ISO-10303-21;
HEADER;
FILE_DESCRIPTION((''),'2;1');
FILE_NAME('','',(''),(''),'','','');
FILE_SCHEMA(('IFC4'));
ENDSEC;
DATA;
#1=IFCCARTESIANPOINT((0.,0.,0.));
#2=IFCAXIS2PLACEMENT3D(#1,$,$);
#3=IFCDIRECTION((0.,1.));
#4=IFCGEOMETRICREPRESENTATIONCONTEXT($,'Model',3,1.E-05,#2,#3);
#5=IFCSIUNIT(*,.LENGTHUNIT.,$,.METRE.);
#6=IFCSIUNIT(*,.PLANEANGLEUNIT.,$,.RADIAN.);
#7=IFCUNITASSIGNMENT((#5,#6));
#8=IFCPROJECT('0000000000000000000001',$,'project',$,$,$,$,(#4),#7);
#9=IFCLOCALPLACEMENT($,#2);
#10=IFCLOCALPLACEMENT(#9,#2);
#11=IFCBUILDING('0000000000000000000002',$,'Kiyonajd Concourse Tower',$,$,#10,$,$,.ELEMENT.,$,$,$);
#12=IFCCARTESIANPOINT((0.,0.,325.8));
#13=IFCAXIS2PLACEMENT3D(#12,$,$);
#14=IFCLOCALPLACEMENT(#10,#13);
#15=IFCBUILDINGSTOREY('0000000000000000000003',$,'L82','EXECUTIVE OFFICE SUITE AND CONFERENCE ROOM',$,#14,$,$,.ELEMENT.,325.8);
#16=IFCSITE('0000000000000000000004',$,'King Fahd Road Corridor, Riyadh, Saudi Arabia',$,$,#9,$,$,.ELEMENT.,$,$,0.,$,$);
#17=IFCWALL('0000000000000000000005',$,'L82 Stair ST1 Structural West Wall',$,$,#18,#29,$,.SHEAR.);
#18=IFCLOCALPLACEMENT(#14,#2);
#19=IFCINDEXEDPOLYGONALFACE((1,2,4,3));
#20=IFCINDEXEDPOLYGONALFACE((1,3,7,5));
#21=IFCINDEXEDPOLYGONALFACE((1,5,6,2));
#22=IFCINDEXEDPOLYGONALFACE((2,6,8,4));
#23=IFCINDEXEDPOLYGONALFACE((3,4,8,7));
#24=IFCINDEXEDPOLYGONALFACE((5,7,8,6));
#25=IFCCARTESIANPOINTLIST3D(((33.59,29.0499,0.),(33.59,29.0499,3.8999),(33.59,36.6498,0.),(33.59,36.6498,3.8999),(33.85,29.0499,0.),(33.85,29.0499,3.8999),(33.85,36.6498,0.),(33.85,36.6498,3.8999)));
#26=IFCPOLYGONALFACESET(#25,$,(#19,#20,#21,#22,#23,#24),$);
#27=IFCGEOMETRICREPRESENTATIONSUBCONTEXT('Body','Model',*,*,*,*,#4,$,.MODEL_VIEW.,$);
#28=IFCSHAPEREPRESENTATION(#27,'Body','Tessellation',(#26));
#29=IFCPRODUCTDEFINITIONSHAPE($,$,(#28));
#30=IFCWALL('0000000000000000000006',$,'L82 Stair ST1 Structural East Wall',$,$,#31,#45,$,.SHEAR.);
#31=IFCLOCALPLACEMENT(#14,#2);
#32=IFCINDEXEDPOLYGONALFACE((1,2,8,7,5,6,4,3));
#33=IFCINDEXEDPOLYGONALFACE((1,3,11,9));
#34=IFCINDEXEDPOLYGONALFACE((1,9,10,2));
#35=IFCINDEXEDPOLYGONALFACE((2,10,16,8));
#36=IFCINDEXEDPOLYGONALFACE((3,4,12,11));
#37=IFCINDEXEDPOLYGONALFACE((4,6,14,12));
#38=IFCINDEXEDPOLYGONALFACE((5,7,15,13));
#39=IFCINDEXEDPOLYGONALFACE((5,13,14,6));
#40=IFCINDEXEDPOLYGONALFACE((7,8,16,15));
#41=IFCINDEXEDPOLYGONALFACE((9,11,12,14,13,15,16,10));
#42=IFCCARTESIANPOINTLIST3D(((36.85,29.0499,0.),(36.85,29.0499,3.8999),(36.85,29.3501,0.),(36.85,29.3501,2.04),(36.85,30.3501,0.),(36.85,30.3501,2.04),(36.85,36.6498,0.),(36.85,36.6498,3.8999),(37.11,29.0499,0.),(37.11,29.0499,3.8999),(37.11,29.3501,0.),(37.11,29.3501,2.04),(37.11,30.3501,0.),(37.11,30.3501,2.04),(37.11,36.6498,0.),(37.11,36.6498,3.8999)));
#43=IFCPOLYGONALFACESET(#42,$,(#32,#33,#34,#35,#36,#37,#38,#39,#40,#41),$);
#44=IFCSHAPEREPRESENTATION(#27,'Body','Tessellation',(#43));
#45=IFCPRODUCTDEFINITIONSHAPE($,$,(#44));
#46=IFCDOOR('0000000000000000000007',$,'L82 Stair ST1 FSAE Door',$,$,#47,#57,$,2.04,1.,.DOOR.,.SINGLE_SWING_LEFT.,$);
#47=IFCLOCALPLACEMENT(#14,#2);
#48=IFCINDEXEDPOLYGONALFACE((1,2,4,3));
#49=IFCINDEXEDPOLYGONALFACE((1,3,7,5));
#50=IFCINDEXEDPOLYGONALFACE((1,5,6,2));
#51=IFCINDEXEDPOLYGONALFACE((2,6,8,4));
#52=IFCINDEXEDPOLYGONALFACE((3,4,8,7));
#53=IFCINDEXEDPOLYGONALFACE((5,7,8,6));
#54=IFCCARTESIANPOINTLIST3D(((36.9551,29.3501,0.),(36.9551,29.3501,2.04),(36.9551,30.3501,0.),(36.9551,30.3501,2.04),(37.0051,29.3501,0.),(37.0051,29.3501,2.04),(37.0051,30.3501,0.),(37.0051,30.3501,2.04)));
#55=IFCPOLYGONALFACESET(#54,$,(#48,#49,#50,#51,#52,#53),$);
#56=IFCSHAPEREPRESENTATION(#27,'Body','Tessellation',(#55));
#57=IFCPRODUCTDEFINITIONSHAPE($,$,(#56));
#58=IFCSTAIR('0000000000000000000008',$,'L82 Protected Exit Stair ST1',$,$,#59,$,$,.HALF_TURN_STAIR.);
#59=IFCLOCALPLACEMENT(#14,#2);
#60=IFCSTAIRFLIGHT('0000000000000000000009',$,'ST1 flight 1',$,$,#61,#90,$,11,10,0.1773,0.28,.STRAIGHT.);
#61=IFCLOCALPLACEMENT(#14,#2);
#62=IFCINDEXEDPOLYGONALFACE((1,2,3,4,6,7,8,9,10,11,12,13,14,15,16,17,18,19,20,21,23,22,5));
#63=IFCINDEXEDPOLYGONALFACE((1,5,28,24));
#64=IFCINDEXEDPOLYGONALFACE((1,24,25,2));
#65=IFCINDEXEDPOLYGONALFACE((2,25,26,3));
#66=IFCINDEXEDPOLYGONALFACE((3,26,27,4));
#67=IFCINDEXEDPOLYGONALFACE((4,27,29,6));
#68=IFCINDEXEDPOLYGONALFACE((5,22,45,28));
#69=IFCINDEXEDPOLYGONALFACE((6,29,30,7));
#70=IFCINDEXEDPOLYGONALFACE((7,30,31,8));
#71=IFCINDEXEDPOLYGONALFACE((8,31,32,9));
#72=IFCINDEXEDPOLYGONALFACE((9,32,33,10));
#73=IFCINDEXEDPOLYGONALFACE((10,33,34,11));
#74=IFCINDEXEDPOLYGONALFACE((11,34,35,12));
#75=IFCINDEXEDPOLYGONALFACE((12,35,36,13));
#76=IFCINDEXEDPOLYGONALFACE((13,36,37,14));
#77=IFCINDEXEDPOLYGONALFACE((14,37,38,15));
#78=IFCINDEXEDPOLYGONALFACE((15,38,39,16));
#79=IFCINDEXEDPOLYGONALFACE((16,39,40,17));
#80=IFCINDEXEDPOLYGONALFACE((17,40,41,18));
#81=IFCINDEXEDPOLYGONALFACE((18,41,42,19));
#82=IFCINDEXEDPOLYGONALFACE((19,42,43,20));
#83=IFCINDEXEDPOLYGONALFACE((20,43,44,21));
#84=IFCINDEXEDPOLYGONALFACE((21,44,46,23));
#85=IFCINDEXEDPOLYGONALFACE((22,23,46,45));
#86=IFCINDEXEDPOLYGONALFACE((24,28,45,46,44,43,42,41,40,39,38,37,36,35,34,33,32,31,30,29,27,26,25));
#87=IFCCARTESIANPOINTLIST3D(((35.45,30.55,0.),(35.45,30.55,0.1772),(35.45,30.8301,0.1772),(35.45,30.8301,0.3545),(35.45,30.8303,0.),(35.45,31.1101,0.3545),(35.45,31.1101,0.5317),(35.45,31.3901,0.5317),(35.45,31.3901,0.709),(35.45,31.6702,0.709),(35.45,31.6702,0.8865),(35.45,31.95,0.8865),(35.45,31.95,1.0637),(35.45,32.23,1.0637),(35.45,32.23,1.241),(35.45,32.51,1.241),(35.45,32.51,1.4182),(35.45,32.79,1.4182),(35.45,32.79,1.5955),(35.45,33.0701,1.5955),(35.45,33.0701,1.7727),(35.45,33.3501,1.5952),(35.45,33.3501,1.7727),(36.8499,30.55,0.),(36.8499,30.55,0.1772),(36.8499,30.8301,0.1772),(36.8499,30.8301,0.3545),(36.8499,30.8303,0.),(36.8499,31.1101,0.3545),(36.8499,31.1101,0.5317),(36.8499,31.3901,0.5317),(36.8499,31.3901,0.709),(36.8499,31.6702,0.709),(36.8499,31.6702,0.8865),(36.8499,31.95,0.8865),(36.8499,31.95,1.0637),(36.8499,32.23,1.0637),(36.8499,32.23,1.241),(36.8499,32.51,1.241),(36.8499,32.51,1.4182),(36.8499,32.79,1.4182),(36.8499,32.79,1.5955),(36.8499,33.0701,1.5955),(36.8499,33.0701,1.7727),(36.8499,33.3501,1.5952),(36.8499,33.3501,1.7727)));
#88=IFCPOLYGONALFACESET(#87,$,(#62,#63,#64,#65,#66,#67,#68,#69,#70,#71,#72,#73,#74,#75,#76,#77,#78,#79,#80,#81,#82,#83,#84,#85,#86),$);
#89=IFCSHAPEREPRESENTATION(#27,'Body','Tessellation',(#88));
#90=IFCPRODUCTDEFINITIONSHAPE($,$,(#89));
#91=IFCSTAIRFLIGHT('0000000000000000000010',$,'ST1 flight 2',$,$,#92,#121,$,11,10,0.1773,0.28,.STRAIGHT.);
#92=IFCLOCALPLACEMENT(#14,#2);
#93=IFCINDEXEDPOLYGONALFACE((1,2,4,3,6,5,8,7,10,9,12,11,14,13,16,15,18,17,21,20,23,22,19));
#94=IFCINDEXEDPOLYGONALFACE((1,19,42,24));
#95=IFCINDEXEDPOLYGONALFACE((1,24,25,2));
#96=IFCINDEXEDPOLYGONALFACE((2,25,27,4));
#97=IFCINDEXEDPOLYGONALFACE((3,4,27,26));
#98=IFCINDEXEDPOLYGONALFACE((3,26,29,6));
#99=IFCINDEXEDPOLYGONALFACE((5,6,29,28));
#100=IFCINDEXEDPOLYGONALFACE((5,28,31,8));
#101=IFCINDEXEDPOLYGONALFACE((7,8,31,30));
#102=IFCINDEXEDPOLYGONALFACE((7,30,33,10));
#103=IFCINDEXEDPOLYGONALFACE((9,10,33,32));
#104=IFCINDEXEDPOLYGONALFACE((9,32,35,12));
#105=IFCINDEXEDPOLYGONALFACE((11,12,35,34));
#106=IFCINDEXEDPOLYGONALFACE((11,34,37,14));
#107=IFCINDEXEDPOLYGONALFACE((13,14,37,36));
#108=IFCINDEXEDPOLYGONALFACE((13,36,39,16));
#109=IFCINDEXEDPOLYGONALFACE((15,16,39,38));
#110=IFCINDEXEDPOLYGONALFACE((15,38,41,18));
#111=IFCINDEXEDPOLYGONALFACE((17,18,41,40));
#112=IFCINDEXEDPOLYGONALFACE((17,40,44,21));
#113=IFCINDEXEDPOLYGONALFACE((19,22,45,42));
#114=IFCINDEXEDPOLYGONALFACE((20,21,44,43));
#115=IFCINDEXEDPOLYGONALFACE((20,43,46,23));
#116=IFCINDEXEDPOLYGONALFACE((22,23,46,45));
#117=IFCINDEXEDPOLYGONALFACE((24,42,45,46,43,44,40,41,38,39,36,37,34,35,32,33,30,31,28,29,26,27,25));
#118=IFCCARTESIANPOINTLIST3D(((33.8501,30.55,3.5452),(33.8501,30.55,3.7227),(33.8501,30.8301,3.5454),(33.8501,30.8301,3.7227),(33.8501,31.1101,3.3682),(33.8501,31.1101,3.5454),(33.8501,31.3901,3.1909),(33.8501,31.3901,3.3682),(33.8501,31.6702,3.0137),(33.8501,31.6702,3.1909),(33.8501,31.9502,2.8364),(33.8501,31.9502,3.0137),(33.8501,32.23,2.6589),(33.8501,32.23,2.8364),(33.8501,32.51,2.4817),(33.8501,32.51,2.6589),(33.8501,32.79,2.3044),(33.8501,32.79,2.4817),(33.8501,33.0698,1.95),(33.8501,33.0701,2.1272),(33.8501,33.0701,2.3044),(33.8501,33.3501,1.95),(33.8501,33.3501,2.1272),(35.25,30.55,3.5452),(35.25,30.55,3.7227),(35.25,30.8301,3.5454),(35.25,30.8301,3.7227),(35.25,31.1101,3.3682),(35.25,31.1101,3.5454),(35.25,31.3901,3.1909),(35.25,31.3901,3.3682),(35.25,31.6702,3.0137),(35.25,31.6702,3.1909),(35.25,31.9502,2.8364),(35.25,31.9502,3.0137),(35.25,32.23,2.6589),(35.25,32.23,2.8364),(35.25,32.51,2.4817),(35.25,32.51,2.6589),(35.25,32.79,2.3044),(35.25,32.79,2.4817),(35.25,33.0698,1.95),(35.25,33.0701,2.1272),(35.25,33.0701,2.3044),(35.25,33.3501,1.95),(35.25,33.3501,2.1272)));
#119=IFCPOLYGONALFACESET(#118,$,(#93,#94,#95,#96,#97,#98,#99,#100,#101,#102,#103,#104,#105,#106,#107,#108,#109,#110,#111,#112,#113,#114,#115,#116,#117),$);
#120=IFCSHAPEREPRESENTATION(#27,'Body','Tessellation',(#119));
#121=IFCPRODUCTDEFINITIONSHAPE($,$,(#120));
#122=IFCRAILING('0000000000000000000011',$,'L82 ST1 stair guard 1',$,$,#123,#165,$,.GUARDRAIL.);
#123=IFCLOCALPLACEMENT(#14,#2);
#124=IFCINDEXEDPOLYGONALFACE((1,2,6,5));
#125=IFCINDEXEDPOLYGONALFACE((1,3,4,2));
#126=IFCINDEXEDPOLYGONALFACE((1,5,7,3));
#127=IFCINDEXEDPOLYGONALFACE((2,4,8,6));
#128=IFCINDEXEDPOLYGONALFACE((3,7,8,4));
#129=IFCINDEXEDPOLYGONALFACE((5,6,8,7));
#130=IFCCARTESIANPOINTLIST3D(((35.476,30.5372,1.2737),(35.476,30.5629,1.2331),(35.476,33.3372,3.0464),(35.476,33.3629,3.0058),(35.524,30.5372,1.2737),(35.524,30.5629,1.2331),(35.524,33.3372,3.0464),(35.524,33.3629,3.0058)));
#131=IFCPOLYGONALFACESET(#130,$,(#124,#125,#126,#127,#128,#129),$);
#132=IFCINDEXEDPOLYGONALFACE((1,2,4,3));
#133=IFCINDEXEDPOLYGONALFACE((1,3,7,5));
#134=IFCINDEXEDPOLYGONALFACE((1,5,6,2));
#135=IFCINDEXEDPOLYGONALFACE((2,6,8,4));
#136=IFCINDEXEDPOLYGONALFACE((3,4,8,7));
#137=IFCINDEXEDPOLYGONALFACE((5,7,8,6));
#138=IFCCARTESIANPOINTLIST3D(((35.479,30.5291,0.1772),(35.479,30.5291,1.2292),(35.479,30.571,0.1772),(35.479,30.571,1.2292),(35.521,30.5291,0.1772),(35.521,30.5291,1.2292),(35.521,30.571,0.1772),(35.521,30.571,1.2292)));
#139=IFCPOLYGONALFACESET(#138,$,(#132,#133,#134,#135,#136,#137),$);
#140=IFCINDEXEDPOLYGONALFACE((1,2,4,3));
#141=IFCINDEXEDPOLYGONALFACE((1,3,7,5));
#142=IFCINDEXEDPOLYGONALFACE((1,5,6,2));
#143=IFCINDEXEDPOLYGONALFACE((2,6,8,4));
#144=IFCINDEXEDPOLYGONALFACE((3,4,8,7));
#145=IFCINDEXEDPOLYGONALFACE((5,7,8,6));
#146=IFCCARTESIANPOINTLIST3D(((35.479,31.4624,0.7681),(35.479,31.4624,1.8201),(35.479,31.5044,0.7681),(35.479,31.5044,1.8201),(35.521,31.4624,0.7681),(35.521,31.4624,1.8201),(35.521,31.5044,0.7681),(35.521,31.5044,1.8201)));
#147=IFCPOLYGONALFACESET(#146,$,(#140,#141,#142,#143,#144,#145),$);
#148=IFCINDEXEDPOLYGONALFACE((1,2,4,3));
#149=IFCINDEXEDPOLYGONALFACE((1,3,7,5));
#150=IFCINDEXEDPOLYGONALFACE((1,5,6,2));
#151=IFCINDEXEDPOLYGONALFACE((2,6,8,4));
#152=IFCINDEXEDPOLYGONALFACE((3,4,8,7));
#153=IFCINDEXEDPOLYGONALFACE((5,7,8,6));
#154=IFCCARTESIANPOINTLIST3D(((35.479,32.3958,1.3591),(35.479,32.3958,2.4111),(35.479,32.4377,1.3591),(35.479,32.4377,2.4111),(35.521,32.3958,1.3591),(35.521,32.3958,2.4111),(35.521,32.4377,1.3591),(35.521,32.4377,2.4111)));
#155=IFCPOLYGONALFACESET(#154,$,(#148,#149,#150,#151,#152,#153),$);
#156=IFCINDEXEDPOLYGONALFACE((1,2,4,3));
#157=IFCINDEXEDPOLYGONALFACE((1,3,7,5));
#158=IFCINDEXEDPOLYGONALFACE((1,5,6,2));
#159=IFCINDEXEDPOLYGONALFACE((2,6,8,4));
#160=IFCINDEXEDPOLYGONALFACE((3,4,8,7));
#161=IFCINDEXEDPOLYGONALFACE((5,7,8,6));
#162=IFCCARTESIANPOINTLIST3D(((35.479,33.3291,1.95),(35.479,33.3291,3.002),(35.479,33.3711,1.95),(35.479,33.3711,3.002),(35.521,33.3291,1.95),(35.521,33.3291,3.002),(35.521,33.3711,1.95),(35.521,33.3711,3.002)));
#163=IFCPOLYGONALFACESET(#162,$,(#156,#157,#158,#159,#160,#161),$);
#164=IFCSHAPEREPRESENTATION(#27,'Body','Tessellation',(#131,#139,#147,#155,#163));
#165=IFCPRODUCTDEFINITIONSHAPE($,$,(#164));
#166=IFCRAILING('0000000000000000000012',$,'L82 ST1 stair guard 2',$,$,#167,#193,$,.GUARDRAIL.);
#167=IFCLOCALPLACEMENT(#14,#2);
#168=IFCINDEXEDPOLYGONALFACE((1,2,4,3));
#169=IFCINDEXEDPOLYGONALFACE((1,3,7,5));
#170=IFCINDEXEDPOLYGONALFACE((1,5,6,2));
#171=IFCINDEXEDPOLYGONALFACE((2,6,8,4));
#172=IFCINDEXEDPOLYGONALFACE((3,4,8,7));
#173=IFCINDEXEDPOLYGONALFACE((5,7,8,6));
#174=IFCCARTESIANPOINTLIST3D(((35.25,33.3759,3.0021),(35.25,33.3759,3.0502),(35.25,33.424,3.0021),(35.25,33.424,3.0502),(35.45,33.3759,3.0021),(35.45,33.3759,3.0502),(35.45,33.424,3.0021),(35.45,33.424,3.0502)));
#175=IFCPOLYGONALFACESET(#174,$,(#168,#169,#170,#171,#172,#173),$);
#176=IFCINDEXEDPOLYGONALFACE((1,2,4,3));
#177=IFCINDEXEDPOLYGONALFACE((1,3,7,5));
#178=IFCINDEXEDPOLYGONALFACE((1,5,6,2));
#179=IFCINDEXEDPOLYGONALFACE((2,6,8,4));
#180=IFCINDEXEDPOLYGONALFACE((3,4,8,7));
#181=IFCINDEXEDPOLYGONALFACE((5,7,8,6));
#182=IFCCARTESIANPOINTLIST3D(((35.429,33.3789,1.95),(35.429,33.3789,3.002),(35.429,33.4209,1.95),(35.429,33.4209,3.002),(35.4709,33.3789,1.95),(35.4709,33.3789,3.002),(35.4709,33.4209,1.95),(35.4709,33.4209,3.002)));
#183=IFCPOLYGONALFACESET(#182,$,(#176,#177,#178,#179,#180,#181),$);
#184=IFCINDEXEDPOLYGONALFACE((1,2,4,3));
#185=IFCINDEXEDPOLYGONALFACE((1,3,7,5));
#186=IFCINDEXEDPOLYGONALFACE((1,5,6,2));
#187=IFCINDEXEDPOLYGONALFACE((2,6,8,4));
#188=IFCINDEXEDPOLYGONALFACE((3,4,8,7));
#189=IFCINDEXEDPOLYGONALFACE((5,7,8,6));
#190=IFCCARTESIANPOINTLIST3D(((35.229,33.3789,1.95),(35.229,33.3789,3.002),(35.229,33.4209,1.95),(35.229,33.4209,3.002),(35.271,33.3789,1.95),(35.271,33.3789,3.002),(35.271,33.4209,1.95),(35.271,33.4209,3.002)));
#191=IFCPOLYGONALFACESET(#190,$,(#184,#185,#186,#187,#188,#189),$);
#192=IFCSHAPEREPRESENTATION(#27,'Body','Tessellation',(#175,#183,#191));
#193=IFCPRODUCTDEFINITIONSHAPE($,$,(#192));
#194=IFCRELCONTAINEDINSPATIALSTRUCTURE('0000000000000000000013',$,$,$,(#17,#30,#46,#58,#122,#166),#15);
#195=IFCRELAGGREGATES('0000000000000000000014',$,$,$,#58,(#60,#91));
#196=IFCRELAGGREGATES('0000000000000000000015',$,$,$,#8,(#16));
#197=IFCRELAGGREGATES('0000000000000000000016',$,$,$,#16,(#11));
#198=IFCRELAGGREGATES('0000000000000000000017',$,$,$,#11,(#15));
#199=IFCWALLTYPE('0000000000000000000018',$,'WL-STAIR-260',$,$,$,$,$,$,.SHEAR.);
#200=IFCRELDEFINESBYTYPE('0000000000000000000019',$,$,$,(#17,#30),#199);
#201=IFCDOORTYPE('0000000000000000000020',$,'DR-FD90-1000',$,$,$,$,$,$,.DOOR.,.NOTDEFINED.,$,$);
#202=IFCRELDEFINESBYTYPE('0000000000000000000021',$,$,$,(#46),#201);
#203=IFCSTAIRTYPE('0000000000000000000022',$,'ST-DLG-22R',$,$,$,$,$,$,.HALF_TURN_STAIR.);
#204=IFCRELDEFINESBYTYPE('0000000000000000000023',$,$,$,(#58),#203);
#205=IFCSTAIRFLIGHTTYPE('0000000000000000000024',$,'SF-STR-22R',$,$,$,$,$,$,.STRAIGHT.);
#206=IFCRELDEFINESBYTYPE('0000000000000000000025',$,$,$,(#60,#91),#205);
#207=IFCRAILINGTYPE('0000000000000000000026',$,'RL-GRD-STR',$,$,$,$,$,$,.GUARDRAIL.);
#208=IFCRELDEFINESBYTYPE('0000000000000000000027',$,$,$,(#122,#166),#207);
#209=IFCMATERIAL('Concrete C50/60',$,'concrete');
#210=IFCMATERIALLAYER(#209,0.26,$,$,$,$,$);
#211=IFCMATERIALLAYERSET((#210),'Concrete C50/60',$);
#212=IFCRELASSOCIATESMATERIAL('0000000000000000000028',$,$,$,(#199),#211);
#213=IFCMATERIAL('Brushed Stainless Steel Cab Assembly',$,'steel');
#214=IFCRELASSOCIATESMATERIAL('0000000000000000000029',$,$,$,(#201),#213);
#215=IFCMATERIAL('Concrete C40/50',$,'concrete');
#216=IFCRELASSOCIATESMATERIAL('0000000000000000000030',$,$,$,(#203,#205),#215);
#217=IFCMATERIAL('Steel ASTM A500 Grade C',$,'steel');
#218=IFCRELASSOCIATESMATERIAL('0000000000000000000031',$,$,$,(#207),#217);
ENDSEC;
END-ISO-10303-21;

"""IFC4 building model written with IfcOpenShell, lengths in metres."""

from ifc_helpers import new_model, si_unit, direction, frame, frame_2d, origin, origin_2d, place, context, subcontext, project, spatial, polyline, rectangle, outline, extrude, material, layer, layer_set, type_object, element, fill, aggregate, save


model = new_model("IFC4")

# Units and contexts
model_context = context("Model", 3, precision=1e-05, world=origin(), true_north=direction((0.0, 1.0)))
body_context = subcontext(model_context, "Body", "Model", "MODEL_VIEW")
ifc_project = project(units=[si_unit("LENGTHUNIT", "METRE"), si_unit("PLANEANGLEUNIT", "RADIAN")], contexts=[model_context])

# Site, building, storey
site_placement = place(None, origin())
site = spatial("IfcSite", under=ifc_project, at=site_placement, Name="King Fahd Road Corridor, Riyadh, Saudi Arabia", CompositionType="ELEMENT", RefElevation=0.0)
building_placement = place(site_placement, origin())
building = spatial("IfcBuilding", under=site, at=building_placement, Name="Kiyonajd Concourse Tower", CompositionType="ELEMENT")
storey_placement = place(building_placement, frame((0.0, 0.0, 325.8)))
storey = spatial("IfcBuildingStorey", under=building, at=storey_placement, Name="L82", Description="EXECUTIVE OFFICE SUITE AND CONFERENCE ROOM", CompositionType="ELEMENT", Elevation=325.8)

# Shared definitions
ifc_material_1 = material(Name="Concrete C50/60", Category="concrete")

# Shared definitions
ifc_material_2 = material(Name="Brushed Stainless Steel Cab Assembly", Category="steel")

# Wall
ifc_layer_1 = layer(ifc_material_1, 0.26)
ifc_layer_set_1 = layer_set([ifc_layer_1], Name="Concrete C50/60")
wall_type_1 = type_object("IfcWallType", Name="WL-STAIR-260", PredefinedType="SHEAR", material=ifc_layer_set_1)
wall_1_placement = place(storey_placement, frame((33.72, 29.05, 0.0), z_axis=(0.0, 0.0, 1.0), x_axis=(0.0, 1.0, 0.0)))
element("IfcWall", 1, at=wall_1_placement, inside=storey, type_object=wall_type_1, Name="L82 Stair ST1 Structural West Wall", PredefinedType="SHEAR", context=body_context, shape_type="SweptSolid", body=[
    extrude(rectangle(XDim=7.5999, YDim=0.26, at=frame_2d((3.7998, 0.0))), origin(), (0.0, 0.0, 1.0), 3.8999),
])

# Wall, opening, door
wall_2_placement = place(storey_placement, frame((36.98, 29.05, 0.0), z_axis=(0.0, 0.0, 1.0), x_axis=(0.0, 1.0, 0.0)))
wall_2 = element("IfcWall", 2, at=wall_2_placement, inside=storey, type_object=wall_type_1, Name="L82 Stair ST1 Structural East Wall", PredefinedType="SHEAR", context=body_context, shape_type="SweptSolid", body=[
    extrude(rectangle(XDim=7.5999, YDim=0.26, at=frame_2d((3.7998, 0.0))), origin(), (0.0, 0.0, 1.0), 3.8999),
])
opening_1_placement = place(wall_2_placement, frame((0.3, 0.0, 0.0)))
opening_1 = element("IfcOpeningElement", 3, at=opening_1_placement, cuts=wall_2, PredefinedType="OPENING", context=body_context, shape_type="SweptSolid", body=[
    extrude(rectangle(XDim=1.0, YDim=2.04, at=frame_2d((0.5, 1.02))), frame((0.0, 0.1399, 0.0), z_axis=(0.0, -1.0, 0.0), x_axis=(1.0, 0.0, 0.0)), (0.0, 0.0, 1.0), 0.28),
])
door_type_1 = type_object("IfcDoorType", Name="DR-FD90-1000", OperationType="NOTDEFINED", PredefinedType="DOOR", material=ifc_material_2)
door_1_placement = place(opening_1_placement, origin())
door_1 = element("IfcDoor", 4, at=door_1_placement, inside=storey, type_object=door_type_1, Name="L82 Stair ST1 FSAE Door", OperationType="SINGLE_SWING_LEFT", OverallHeight=2.04, OverallWidth=1.0, PredefinedType="DOOR", context=body_context, shape_type="SweptSolid", body=[
    extrude(rectangle(XDim=1.0, YDim=2.04, at=frame_2d((0.5, 1.02))), frame((0.0, 0.0249, 0.0), z_axis=(0.0, -1.0, 0.0), x_axis=(1.0, 0.0, 0.0)), (0.0, 0.0, 1.0), 0.05),
])
fill(opening_1, door_1)

# Stair, stair flights
ifc_material_3 = material(Name="Concrete C40/50", Category="concrete")
stair_type = type_object("IfcStairType", Name="ST-DLG-22R", PredefinedType="HALF_TURN_STAIR", material=ifc_material_3)
stair_placement = place(storey_placement, origin())
stair = element("IfcStair", 5, at=stair_placement, inside=storey, type_object=stair_type, Name="L82 Protected Exit Stair ST1", PredefinedType="HALF_TURN_STAIR")
stair_flight_type = type_object("IfcStairFlightType", Name="SF-STR-22R", PredefinedType="STRAIGHT", material=ifc_material_3)
stair_flight_1_placement = place(storey_placement, frame((36.1499, 30.55, 0.0), z_axis=(0.0, 0.0, 1.0), x_axis=(0.0, 1.0, 0.0)))
stair_flight_1 = element("IfcStairFlight", 6, at=stair_flight_1_placement, type_object=stair_flight_type, Name="ST1 flight 1", NumberOfRisers=11, NumberOfTreads=10, PredefinedType="STRAIGHT", RiserHeight=0.1773, TreadLength=0.28, context=body_context, shape_type="SweptSolid", body=[
    extrude(outline(polyline([(0.0, 0.0), (0.0, 0.1772), (0.28, 0.1772), (0.28, 0.3545), (0.5601, 0.3545), (0.5601, 0.5317), (0.8401, 0.5317), (0.8401, 0.709), (1.1201, 0.709), (1.1201, 0.8865), (1.3999, 0.8865), (1.3999, 1.0637), (1.6799, 1.0637), (1.6799, 1.241), (1.96, 1.241), (1.96, 1.4182), (2.24, 1.4182), (2.24, 1.5955), (2.52, 1.5955), (2.52, 1.7727), (2.8, 1.7727), (2.8, 1.95), (2.8, 1.5952), (0.2803, 0.0), (0.0, 0.0)])), frame((0.0, 0.7, 0.0), z_axis=(0.0, -1.0, 0.0), x_axis=(1.0, 0.0, 0.0)), (0.0, 0.0, 1.0), 1.3999),
])
stair_flight_2_placement = place(storey_placement, frame((34.55, 33.3501, 1.95), z_axis=(0.0, 0.0, 1.0), x_axis=(0.0, -1.0, 0.0)))
stair_flight_2 = element("IfcStairFlight", 7, at=stair_flight_2_placement, type_object=stair_flight_type, Name="ST1 flight 2", NumberOfRisers=11, NumberOfTreads=10, PredefinedType="STRAIGHT", RiserHeight=0.1773, TreadLength=0.28, context=body_context, shape_type="SweptSolid", body=[
    extrude(outline(polyline([(0.0, 0.0), (0.0, 0.1772), (0.28, 0.1772), (0.28, 0.3545), (0.5601, 0.3545), (0.5601, 0.5317), (0.8401, 0.5317), (0.8401, 0.709), (1.1201, 0.709), (1.1201, 0.8865), (1.3999, 0.8865), (1.3999, 1.0637), (1.6799, 1.0637), (1.6799, 1.241), (1.96, 1.241), (1.96, 1.4182), (2.24, 1.4182), (2.24, 1.5955), (2.52, 1.5955), (2.52, 1.7727), (2.8, 1.7727), (2.8, 1.95), (2.8, 1.5952), (0.2803, 0.0), (0.0, 0.0)])), frame((0.0, 0.7, 0.0), z_axis=(0.0, -1.0, 0.0), x_axis=(1.0, 0.0, 0.0)), (0.0, 0.0, 1.0), 1.3999),
])
aggregate(stair, [stair_flight_1, stair_flight_2])

# Railings
ifc_material_4 = material(Name="Steel ASTM A500 Grade C", Category="steel")
railing_type_1 = type_object("IfcRailingType", Name="RL-GRD-STR", PredefinedType="GUARDRAIL", material=ifc_material_4)
railing_1_placement = place(storey_placement, frame((35.5, 30.55, 0.1772)))
element("IfcRailing", 8, at=railing_1_placement, inside=storey, type_object=railing_type_1, Name="L82 ST1 stair guard 1", PredefinedType="GUARDRAIL", context=body_context, shape_type="SweptSolid", body=[
    extrude(rectangle(XDim=0.0481, YDim=0.0481, at=origin_2d()), frame((0.0, 0.0, 1.0762), z_axis=(0.0, 0.844909, 0.53491), x_axis=(-1.0, 0.0, 0.0)), (0.0, 0.0, 1.0), 3.314),
    extrude(rectangle(XDim=0.042, YDim=0.042, at=origin_2d()), origin(), (0.0, 0.0, 1.0), 1.052),
    extrude(rectangle(XDim=0.042, YDim=0.042, at=origin_2d()), frame((0.0, 0.9333, 0.5908)), (0.0, 0.0, 1.0), 1.052),
    extrude(rectangle(XDim=0.042, YDim=0.042, at=origin_2d()), frame((0.0, 1.8667, 1.1819)), (0.0, 0.0, 1.0), 1.052),
    extrude(rectangle(XDim=0.042, YDim=0.042, at=origin_2d()), frame((0.0, 2.8, 1.7727)), (0.0, 0.0, 1.0), 1.052),
])
railing_2_placement = place(storey_placement, frame((35.45, 33.3999, 1.95)))
element("IfcRailing", 9, at=railing_2_placement, inside=storey, type_object=railing_type_1, Name="L82 ST1 stair guard 2", PredefinedType="GUARDRAIL", context=body_context, shape_type="SweptSolid", body=[
    extrude(rectangle(XDim=0.0481, YDim=0.0481, at=origin_2d()), frame((0.0, 0.0, 1.0762), z_axis=(-1.0, 0.0, 0.0), x_axis=(0.0, -1.0, 0.0)), (0.0, 0.0, 1.0), 0.2),
    extrude(rectangle(XDim=0.042, YDim=0.042, at=origin_2d()), origin(), (0.0, 0.0, 1.0), 1.052),
    extrude(rectangle(XDim=0.042, YDim=0.042, at=origin_2d()), frame((-0.2, 0.0, 0.0)), (0.0, 0.0, 1.0), 1.052),
])

save(model, "model.ifc")
